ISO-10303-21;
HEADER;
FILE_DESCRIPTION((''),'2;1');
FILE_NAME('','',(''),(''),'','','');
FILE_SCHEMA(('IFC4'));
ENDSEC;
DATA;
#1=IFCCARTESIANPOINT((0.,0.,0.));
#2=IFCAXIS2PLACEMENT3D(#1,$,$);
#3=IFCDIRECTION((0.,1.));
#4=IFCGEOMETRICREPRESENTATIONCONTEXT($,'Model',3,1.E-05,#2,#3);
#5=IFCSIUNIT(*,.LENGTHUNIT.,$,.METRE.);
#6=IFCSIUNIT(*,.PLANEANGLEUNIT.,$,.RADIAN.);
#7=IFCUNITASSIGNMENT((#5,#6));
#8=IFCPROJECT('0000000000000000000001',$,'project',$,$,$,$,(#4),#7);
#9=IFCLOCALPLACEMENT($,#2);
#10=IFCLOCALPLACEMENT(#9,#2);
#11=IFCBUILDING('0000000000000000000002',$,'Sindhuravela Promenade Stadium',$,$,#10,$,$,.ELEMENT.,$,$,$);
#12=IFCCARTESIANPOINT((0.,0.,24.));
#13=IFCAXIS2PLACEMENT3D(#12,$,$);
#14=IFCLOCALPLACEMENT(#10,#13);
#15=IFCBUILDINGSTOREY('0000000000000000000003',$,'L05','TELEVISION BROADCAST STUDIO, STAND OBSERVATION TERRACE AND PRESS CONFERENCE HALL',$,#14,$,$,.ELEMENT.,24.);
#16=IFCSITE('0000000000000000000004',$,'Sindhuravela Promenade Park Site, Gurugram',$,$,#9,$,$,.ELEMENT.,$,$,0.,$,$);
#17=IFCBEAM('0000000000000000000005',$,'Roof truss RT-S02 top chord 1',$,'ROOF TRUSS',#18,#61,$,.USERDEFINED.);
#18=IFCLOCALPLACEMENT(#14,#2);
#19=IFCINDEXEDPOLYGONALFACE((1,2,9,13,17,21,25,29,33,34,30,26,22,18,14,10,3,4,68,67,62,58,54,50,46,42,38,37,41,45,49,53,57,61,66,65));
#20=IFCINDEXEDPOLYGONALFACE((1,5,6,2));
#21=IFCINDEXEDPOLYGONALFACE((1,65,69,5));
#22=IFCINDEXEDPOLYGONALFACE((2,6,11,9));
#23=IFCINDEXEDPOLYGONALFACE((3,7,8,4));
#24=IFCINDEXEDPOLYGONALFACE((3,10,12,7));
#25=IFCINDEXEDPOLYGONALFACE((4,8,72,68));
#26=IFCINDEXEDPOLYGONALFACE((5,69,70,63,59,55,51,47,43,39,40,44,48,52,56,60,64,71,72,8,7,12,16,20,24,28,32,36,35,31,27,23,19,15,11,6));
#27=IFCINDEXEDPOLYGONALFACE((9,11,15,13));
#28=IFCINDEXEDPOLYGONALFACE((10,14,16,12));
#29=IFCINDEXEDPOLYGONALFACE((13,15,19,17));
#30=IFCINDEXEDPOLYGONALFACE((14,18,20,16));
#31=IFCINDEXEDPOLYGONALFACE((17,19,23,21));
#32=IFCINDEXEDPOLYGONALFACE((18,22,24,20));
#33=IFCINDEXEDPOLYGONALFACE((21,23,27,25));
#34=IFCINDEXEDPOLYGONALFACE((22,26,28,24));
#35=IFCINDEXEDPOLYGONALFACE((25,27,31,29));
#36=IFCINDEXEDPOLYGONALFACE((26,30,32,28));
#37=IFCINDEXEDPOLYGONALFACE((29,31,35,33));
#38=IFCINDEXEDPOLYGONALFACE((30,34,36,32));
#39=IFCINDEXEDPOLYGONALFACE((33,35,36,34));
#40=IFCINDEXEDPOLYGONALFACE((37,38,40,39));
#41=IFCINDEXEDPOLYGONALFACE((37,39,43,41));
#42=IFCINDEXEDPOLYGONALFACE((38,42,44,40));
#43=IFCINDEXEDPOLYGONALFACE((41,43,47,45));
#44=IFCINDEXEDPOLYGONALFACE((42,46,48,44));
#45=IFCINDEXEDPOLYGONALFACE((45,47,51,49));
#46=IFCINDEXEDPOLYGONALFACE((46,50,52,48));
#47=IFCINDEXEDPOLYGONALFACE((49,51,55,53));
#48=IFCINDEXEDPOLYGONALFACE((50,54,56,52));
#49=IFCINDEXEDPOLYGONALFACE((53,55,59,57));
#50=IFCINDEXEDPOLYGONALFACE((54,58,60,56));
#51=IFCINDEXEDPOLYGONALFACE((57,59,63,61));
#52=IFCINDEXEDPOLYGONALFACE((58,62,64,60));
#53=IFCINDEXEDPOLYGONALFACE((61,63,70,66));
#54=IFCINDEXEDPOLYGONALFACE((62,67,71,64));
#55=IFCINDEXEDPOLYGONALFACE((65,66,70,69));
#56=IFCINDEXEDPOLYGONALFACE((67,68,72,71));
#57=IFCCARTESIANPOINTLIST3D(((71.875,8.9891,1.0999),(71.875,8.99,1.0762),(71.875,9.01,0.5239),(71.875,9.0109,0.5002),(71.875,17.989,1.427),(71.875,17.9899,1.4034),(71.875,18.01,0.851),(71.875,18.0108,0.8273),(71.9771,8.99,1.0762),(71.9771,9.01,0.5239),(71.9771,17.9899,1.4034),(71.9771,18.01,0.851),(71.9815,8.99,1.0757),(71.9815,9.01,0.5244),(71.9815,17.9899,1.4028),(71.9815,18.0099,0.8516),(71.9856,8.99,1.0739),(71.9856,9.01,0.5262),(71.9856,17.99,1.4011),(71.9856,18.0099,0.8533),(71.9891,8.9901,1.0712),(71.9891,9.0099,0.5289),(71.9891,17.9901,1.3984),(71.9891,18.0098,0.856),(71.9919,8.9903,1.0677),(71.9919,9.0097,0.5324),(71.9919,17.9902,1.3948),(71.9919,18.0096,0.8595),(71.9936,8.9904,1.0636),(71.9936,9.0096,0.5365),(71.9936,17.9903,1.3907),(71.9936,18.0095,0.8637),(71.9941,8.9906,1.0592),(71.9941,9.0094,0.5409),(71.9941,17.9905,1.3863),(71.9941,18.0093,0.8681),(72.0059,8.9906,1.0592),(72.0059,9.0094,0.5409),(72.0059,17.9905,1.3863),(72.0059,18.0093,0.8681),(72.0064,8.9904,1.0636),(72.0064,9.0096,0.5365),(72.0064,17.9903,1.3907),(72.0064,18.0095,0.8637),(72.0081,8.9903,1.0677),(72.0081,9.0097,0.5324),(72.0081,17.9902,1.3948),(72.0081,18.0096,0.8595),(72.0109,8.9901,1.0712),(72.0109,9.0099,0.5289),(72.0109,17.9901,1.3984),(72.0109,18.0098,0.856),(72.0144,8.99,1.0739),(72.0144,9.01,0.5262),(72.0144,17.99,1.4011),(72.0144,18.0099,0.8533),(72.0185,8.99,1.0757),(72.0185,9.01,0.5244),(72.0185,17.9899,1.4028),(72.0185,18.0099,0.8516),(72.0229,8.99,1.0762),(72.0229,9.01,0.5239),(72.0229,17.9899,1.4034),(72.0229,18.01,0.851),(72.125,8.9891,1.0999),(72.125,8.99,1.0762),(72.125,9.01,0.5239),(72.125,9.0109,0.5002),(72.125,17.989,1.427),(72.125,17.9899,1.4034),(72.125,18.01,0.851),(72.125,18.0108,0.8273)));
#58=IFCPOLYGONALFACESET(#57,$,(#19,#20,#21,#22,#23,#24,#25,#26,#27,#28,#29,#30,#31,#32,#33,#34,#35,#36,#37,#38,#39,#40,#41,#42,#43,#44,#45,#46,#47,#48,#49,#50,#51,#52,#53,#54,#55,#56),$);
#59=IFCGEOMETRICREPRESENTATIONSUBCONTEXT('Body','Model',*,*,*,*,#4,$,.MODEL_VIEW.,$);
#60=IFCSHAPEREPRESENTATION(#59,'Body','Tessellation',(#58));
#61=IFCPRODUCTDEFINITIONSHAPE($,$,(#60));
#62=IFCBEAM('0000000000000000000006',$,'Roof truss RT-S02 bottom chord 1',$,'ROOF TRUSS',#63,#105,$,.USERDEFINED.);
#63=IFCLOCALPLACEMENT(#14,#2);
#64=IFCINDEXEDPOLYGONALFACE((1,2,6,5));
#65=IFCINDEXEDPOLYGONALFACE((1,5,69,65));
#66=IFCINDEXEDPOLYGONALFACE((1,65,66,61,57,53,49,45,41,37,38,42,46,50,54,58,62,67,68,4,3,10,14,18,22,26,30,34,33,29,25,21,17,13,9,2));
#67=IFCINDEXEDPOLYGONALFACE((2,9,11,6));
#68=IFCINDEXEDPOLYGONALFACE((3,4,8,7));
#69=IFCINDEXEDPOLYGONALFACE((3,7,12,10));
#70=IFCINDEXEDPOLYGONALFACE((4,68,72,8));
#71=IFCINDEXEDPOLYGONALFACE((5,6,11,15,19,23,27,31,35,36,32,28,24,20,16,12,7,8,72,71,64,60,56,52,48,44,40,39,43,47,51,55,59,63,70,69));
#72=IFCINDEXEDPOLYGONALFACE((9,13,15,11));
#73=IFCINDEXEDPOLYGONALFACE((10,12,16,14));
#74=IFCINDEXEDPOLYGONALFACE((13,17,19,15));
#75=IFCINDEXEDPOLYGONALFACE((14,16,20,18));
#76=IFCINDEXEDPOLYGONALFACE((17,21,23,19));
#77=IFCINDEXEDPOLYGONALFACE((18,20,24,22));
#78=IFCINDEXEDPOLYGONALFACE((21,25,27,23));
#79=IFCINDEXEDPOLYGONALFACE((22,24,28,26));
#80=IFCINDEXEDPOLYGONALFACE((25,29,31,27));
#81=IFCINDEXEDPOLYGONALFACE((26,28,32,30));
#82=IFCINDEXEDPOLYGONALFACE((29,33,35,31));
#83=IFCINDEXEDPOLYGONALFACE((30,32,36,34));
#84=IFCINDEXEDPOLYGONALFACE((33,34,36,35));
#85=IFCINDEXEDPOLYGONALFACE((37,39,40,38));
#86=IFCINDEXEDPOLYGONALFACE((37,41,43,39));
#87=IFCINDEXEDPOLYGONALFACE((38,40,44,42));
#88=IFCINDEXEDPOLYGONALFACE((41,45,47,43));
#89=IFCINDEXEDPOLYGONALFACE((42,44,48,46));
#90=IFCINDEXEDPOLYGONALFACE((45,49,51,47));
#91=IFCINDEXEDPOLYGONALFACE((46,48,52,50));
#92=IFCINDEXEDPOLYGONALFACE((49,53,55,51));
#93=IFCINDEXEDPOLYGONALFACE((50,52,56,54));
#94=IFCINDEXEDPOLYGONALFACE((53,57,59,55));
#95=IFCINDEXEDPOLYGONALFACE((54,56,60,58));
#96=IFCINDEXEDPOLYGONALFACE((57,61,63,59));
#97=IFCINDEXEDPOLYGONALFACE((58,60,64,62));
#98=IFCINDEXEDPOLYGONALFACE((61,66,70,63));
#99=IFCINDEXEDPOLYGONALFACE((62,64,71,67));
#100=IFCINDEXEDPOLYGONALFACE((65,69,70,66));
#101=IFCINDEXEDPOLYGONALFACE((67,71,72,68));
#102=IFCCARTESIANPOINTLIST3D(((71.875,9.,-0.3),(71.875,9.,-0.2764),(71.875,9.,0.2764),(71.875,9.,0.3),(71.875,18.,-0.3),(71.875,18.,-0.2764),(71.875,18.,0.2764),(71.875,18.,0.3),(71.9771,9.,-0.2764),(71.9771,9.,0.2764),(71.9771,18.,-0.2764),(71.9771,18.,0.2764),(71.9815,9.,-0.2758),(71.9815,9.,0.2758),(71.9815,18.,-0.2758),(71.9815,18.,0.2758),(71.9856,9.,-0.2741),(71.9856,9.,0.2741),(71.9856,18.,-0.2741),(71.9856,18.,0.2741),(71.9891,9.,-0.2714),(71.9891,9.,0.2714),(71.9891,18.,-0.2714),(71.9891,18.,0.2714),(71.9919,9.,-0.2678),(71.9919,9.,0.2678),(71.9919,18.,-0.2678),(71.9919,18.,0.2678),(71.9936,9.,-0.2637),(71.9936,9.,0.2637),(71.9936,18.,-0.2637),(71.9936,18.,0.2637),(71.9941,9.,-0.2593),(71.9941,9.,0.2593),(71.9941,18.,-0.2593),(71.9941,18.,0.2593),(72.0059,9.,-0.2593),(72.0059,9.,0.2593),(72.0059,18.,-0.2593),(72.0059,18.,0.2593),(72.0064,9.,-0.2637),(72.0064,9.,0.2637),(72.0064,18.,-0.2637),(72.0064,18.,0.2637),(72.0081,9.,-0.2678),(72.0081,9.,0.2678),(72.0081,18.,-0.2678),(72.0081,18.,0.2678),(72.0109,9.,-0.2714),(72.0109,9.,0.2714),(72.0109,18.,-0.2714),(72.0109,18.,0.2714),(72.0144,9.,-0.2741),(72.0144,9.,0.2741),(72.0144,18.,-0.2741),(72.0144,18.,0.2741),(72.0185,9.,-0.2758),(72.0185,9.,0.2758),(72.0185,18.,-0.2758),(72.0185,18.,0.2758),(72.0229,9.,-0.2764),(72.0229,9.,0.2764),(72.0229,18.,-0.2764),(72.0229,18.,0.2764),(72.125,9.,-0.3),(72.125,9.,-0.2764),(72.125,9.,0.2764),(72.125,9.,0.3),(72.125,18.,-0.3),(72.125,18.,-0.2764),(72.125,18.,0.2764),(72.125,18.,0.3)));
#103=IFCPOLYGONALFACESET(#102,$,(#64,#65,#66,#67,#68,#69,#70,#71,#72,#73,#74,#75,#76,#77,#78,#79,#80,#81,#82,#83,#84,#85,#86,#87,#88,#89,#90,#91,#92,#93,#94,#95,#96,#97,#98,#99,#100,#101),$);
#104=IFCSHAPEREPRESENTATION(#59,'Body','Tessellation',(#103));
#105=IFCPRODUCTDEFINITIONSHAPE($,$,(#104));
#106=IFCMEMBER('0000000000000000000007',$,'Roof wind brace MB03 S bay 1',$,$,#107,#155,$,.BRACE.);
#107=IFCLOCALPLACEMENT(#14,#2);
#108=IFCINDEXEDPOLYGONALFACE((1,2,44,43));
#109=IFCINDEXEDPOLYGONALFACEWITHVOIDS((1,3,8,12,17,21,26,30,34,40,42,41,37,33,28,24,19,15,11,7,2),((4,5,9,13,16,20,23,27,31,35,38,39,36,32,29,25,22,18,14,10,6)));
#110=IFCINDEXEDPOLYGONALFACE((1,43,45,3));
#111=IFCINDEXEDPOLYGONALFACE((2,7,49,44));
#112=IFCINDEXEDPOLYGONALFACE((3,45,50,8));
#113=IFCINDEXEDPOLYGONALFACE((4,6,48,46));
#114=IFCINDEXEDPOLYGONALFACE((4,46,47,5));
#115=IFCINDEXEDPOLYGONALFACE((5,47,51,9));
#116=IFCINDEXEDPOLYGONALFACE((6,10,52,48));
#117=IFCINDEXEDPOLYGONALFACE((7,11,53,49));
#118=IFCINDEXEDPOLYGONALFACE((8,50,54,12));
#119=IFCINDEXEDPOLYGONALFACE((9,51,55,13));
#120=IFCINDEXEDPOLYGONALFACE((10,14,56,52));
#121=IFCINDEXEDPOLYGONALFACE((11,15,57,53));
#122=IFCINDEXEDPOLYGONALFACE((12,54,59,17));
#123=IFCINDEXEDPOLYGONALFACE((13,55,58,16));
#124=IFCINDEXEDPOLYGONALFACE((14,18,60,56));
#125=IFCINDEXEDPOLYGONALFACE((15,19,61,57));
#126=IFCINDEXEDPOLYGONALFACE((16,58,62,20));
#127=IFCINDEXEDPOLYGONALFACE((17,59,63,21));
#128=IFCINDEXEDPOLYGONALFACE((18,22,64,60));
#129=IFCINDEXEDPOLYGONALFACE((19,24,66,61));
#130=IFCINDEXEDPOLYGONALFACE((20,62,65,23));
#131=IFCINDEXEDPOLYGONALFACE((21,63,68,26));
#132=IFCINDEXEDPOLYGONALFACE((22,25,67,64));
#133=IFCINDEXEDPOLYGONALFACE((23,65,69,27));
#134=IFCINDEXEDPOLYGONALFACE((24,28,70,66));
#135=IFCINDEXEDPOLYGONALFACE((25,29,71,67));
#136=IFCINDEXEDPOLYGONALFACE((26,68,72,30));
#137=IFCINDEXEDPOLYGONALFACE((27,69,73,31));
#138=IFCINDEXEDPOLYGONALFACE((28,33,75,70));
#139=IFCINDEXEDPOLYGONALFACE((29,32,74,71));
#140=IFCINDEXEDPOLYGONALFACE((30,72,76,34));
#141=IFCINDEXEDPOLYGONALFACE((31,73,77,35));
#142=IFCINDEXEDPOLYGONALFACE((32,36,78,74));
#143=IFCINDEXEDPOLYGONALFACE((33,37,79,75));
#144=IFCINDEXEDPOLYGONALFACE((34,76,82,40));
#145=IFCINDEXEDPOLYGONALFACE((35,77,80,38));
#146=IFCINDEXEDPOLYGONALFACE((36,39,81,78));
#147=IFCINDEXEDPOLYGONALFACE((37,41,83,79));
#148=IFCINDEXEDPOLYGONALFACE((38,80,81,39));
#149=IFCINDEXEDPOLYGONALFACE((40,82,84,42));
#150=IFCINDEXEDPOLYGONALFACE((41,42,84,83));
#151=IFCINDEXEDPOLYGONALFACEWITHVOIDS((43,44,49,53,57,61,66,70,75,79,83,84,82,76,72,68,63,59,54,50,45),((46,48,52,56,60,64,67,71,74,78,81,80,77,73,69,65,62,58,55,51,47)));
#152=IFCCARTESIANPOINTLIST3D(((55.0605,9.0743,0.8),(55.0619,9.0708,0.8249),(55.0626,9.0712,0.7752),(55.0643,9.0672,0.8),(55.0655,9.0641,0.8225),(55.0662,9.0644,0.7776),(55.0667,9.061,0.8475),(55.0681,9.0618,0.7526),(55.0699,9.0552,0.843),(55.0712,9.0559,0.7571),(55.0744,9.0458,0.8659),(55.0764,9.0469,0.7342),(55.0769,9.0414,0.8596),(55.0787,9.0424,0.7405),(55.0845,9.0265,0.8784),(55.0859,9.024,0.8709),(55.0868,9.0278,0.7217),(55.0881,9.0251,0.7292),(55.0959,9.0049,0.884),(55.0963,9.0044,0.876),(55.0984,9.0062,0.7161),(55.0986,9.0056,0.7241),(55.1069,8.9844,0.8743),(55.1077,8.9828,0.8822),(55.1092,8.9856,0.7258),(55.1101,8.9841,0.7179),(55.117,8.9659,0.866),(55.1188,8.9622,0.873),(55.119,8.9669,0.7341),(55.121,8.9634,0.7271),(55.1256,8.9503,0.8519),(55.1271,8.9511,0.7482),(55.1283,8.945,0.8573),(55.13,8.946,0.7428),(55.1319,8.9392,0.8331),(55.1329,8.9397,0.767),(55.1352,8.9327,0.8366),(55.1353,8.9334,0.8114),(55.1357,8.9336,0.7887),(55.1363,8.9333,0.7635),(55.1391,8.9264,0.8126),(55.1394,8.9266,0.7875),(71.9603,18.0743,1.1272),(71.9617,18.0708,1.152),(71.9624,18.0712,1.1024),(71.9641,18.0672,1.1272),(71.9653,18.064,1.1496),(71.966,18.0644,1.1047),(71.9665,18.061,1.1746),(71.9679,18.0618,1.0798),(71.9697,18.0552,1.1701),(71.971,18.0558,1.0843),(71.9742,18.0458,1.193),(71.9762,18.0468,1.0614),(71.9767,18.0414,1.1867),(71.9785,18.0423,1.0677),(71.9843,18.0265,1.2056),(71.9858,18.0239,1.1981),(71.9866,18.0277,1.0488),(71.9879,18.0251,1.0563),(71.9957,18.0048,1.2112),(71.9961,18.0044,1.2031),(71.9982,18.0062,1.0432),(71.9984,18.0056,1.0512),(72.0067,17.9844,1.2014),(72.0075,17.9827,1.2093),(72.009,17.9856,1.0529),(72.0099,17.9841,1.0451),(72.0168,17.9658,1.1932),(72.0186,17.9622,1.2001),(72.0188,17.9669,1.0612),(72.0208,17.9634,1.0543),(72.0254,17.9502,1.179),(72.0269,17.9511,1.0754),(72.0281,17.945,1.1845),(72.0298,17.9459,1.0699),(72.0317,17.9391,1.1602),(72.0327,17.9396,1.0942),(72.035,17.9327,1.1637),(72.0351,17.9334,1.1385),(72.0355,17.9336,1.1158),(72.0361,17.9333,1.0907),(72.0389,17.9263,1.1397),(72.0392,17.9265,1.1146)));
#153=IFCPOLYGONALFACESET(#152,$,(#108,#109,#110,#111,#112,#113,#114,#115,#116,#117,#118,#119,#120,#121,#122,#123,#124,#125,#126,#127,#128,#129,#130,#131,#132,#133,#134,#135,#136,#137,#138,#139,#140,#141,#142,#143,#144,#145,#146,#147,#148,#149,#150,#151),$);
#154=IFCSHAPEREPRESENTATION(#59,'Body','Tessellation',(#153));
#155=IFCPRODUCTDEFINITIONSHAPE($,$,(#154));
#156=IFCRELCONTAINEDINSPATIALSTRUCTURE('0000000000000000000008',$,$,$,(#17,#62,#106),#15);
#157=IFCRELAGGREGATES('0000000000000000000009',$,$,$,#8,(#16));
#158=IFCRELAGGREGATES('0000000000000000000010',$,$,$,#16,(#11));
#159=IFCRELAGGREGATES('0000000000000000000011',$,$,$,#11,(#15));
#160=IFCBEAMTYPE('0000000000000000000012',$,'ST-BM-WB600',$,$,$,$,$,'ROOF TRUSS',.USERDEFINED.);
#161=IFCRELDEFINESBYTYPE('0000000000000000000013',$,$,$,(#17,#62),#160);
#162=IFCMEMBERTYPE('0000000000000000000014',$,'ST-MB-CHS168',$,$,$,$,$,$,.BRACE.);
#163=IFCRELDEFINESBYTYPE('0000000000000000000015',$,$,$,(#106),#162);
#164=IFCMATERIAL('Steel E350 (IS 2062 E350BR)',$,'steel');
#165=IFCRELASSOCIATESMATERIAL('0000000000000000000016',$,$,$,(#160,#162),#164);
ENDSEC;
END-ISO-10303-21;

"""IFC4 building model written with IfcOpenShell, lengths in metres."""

from ifc_helpers import new_model, si_unit, direction, frame, origin, origin_2d, place, context, subcontext, project, spatial, hollow_circle, i_section, extrude, material, material_profile, profile_set, type_object, element, save


model = new_model("IFC4")

# Units and contexts
model_context = context("Model", 3, precision=1e-05, world=origin(), true_north=direction((0.0, 1.0)))
body_context = subcontext(model_context, "Body", "Model", "MODEL_VIEW")
ifc_project = project(units=[si_unit("LENGTHUNIT", "METRE"), si_unit("PLANEANGLEUNIT", "RADIAN")], contexts=[model_context])

# Site, building, storey
site_placement = place(None, origin())
site = spatial("IfcSite", under=ifc_project, at=site_placement, Name="Sindhuravela Promenade Park Site, Gurugram", CompositionType="ELEMENT", RefElevation=0.0)
building_placement = place(site_placement, origin())
building = spatial("IfcBuilding", under=site, at=building_placement, Name="Sindhuravela Promenade Stadium", CompositionType="ELEMENT")
storey_placement = place(building_placement, frame((0.0, 0.0, 24.0)))
storey = spatial("IfcBuildingStorey", under=building, at=storey_placement, Name="L05", Description="TELEVISION BROADCAST STUDIO, STAND OBSERVATION TERRACE AND PRESS CONFERENCE HALL", CompositionType="ELEMENT", Elevation=24.0)

# Beams
ifc_material_1 = material(Name="Steel E350 (IS 2062 E350BR)", Category="steel")
ifc_material_profile_1 = material_profile(ifc_material_1, i_section(OverallWidth=0.25, OverallDepth=0.6001, WebThickness=0.0117, FlangeThickness=0.0237, FilletRadius=0.0171, at=origin_2d()), Name="ISWB 600")
ifc_profile_set_1 = profile_set([ifc_material_profile_1], Name="Steel E350 (IS 2062 E350BR)")
beam_type = type_object("IfcBeamType", Name="ST-BM-WB600", ElementType="ROOF TRUSS", PredefinedType="USERDEFINED", material=ifc_profile_set_1)
beam_1_placement = place(storey_placement, frame((72.0, 9.0, 0.8), z_axis=(0.0, 0.99934, 0.036326), x_axis=(-1.0, 0.0, 0.0)))
element("IfcBeam", 1, at=beam_1_placement, inside=storey, type_object=beam_type, Name="Roof truss RT-S02 top chord 1", ObjectType="ROOF TRUSS", PredefinedType="USERDEFINED", context=body_context, shape_type="SweptSolid", body=[
    extrude(i_section(OverallWidth=0.25, OverallDepth=0.6001, WebThickness=0.0117, FlangeThickness=0.0237, FilletRadius=0.0171, at=origin_2d()), origin(), (0.0, 0.0, 1.0), 9.0059),
])
beam_2_placement = place(storey_placement, frame((72.0, 9.0, 0.0), z_axis=(0.0, 1.0, 0.0), x_axis=(-1.0, 0.0, 0.0)))
element("IfcBeam", 2, at=beam_2_placement, inside=storey, type_object=beam_type, Name="Roof truss RT-S02 bottom chord 1", ObjectType="ROOF TRUSS", PredefinedType="USERDEFINED", context=body_context, shape_type="SweptSolid", body=[
    extrude(i_section(OverallWidth=0.25, OverallDepth=0.6001, WebThickness=0.0117, FlangeThickness=0.0237, FilletRadius=0.0171, at=origin_2d()), origin(), (0.0, 0.0, 1.0), 9.0),
])

# Member
ifc_material_profile_2 = material_profile(ifc_material_1, hollow_circle(Radius=0.0842, WallThickness=0.0081, at=origin_2d()), Name="CHS 168.3x8")
ifc_profile_set_2 = profile_set([ifc_material_profile_2], Name="Steel E350 (IS 2062 E350BR)")
member_type_1 = type_object("IfcMemberType", Name="ST-MB-CHS168", PredefinedType="BRACE", material=ifc_profile_set_2)
member_1_placement = place(storey_placement, frame((55.1001, 9.0, 0.8), z_axis=(0.882512, 0.46998, 0.017084), x_axis=(-0.470048, 0.882641, 0.0)))
element("IfcMember", 3, at=member_1_placement, inside=storey, type_object=member_type_1, Name="Roof wind brace MB03 S bay 1", PredefinedType="BRACE", context=body_context, shape_type="SweptSolid", body=[
    extrude(hollow_circle(Radius=0.0842, WallThickness=0.0081, at=origin_2d()), origin(), (0.0, 0.0, 1.0), 19.1497),
])

save(model, "model.ifc")
